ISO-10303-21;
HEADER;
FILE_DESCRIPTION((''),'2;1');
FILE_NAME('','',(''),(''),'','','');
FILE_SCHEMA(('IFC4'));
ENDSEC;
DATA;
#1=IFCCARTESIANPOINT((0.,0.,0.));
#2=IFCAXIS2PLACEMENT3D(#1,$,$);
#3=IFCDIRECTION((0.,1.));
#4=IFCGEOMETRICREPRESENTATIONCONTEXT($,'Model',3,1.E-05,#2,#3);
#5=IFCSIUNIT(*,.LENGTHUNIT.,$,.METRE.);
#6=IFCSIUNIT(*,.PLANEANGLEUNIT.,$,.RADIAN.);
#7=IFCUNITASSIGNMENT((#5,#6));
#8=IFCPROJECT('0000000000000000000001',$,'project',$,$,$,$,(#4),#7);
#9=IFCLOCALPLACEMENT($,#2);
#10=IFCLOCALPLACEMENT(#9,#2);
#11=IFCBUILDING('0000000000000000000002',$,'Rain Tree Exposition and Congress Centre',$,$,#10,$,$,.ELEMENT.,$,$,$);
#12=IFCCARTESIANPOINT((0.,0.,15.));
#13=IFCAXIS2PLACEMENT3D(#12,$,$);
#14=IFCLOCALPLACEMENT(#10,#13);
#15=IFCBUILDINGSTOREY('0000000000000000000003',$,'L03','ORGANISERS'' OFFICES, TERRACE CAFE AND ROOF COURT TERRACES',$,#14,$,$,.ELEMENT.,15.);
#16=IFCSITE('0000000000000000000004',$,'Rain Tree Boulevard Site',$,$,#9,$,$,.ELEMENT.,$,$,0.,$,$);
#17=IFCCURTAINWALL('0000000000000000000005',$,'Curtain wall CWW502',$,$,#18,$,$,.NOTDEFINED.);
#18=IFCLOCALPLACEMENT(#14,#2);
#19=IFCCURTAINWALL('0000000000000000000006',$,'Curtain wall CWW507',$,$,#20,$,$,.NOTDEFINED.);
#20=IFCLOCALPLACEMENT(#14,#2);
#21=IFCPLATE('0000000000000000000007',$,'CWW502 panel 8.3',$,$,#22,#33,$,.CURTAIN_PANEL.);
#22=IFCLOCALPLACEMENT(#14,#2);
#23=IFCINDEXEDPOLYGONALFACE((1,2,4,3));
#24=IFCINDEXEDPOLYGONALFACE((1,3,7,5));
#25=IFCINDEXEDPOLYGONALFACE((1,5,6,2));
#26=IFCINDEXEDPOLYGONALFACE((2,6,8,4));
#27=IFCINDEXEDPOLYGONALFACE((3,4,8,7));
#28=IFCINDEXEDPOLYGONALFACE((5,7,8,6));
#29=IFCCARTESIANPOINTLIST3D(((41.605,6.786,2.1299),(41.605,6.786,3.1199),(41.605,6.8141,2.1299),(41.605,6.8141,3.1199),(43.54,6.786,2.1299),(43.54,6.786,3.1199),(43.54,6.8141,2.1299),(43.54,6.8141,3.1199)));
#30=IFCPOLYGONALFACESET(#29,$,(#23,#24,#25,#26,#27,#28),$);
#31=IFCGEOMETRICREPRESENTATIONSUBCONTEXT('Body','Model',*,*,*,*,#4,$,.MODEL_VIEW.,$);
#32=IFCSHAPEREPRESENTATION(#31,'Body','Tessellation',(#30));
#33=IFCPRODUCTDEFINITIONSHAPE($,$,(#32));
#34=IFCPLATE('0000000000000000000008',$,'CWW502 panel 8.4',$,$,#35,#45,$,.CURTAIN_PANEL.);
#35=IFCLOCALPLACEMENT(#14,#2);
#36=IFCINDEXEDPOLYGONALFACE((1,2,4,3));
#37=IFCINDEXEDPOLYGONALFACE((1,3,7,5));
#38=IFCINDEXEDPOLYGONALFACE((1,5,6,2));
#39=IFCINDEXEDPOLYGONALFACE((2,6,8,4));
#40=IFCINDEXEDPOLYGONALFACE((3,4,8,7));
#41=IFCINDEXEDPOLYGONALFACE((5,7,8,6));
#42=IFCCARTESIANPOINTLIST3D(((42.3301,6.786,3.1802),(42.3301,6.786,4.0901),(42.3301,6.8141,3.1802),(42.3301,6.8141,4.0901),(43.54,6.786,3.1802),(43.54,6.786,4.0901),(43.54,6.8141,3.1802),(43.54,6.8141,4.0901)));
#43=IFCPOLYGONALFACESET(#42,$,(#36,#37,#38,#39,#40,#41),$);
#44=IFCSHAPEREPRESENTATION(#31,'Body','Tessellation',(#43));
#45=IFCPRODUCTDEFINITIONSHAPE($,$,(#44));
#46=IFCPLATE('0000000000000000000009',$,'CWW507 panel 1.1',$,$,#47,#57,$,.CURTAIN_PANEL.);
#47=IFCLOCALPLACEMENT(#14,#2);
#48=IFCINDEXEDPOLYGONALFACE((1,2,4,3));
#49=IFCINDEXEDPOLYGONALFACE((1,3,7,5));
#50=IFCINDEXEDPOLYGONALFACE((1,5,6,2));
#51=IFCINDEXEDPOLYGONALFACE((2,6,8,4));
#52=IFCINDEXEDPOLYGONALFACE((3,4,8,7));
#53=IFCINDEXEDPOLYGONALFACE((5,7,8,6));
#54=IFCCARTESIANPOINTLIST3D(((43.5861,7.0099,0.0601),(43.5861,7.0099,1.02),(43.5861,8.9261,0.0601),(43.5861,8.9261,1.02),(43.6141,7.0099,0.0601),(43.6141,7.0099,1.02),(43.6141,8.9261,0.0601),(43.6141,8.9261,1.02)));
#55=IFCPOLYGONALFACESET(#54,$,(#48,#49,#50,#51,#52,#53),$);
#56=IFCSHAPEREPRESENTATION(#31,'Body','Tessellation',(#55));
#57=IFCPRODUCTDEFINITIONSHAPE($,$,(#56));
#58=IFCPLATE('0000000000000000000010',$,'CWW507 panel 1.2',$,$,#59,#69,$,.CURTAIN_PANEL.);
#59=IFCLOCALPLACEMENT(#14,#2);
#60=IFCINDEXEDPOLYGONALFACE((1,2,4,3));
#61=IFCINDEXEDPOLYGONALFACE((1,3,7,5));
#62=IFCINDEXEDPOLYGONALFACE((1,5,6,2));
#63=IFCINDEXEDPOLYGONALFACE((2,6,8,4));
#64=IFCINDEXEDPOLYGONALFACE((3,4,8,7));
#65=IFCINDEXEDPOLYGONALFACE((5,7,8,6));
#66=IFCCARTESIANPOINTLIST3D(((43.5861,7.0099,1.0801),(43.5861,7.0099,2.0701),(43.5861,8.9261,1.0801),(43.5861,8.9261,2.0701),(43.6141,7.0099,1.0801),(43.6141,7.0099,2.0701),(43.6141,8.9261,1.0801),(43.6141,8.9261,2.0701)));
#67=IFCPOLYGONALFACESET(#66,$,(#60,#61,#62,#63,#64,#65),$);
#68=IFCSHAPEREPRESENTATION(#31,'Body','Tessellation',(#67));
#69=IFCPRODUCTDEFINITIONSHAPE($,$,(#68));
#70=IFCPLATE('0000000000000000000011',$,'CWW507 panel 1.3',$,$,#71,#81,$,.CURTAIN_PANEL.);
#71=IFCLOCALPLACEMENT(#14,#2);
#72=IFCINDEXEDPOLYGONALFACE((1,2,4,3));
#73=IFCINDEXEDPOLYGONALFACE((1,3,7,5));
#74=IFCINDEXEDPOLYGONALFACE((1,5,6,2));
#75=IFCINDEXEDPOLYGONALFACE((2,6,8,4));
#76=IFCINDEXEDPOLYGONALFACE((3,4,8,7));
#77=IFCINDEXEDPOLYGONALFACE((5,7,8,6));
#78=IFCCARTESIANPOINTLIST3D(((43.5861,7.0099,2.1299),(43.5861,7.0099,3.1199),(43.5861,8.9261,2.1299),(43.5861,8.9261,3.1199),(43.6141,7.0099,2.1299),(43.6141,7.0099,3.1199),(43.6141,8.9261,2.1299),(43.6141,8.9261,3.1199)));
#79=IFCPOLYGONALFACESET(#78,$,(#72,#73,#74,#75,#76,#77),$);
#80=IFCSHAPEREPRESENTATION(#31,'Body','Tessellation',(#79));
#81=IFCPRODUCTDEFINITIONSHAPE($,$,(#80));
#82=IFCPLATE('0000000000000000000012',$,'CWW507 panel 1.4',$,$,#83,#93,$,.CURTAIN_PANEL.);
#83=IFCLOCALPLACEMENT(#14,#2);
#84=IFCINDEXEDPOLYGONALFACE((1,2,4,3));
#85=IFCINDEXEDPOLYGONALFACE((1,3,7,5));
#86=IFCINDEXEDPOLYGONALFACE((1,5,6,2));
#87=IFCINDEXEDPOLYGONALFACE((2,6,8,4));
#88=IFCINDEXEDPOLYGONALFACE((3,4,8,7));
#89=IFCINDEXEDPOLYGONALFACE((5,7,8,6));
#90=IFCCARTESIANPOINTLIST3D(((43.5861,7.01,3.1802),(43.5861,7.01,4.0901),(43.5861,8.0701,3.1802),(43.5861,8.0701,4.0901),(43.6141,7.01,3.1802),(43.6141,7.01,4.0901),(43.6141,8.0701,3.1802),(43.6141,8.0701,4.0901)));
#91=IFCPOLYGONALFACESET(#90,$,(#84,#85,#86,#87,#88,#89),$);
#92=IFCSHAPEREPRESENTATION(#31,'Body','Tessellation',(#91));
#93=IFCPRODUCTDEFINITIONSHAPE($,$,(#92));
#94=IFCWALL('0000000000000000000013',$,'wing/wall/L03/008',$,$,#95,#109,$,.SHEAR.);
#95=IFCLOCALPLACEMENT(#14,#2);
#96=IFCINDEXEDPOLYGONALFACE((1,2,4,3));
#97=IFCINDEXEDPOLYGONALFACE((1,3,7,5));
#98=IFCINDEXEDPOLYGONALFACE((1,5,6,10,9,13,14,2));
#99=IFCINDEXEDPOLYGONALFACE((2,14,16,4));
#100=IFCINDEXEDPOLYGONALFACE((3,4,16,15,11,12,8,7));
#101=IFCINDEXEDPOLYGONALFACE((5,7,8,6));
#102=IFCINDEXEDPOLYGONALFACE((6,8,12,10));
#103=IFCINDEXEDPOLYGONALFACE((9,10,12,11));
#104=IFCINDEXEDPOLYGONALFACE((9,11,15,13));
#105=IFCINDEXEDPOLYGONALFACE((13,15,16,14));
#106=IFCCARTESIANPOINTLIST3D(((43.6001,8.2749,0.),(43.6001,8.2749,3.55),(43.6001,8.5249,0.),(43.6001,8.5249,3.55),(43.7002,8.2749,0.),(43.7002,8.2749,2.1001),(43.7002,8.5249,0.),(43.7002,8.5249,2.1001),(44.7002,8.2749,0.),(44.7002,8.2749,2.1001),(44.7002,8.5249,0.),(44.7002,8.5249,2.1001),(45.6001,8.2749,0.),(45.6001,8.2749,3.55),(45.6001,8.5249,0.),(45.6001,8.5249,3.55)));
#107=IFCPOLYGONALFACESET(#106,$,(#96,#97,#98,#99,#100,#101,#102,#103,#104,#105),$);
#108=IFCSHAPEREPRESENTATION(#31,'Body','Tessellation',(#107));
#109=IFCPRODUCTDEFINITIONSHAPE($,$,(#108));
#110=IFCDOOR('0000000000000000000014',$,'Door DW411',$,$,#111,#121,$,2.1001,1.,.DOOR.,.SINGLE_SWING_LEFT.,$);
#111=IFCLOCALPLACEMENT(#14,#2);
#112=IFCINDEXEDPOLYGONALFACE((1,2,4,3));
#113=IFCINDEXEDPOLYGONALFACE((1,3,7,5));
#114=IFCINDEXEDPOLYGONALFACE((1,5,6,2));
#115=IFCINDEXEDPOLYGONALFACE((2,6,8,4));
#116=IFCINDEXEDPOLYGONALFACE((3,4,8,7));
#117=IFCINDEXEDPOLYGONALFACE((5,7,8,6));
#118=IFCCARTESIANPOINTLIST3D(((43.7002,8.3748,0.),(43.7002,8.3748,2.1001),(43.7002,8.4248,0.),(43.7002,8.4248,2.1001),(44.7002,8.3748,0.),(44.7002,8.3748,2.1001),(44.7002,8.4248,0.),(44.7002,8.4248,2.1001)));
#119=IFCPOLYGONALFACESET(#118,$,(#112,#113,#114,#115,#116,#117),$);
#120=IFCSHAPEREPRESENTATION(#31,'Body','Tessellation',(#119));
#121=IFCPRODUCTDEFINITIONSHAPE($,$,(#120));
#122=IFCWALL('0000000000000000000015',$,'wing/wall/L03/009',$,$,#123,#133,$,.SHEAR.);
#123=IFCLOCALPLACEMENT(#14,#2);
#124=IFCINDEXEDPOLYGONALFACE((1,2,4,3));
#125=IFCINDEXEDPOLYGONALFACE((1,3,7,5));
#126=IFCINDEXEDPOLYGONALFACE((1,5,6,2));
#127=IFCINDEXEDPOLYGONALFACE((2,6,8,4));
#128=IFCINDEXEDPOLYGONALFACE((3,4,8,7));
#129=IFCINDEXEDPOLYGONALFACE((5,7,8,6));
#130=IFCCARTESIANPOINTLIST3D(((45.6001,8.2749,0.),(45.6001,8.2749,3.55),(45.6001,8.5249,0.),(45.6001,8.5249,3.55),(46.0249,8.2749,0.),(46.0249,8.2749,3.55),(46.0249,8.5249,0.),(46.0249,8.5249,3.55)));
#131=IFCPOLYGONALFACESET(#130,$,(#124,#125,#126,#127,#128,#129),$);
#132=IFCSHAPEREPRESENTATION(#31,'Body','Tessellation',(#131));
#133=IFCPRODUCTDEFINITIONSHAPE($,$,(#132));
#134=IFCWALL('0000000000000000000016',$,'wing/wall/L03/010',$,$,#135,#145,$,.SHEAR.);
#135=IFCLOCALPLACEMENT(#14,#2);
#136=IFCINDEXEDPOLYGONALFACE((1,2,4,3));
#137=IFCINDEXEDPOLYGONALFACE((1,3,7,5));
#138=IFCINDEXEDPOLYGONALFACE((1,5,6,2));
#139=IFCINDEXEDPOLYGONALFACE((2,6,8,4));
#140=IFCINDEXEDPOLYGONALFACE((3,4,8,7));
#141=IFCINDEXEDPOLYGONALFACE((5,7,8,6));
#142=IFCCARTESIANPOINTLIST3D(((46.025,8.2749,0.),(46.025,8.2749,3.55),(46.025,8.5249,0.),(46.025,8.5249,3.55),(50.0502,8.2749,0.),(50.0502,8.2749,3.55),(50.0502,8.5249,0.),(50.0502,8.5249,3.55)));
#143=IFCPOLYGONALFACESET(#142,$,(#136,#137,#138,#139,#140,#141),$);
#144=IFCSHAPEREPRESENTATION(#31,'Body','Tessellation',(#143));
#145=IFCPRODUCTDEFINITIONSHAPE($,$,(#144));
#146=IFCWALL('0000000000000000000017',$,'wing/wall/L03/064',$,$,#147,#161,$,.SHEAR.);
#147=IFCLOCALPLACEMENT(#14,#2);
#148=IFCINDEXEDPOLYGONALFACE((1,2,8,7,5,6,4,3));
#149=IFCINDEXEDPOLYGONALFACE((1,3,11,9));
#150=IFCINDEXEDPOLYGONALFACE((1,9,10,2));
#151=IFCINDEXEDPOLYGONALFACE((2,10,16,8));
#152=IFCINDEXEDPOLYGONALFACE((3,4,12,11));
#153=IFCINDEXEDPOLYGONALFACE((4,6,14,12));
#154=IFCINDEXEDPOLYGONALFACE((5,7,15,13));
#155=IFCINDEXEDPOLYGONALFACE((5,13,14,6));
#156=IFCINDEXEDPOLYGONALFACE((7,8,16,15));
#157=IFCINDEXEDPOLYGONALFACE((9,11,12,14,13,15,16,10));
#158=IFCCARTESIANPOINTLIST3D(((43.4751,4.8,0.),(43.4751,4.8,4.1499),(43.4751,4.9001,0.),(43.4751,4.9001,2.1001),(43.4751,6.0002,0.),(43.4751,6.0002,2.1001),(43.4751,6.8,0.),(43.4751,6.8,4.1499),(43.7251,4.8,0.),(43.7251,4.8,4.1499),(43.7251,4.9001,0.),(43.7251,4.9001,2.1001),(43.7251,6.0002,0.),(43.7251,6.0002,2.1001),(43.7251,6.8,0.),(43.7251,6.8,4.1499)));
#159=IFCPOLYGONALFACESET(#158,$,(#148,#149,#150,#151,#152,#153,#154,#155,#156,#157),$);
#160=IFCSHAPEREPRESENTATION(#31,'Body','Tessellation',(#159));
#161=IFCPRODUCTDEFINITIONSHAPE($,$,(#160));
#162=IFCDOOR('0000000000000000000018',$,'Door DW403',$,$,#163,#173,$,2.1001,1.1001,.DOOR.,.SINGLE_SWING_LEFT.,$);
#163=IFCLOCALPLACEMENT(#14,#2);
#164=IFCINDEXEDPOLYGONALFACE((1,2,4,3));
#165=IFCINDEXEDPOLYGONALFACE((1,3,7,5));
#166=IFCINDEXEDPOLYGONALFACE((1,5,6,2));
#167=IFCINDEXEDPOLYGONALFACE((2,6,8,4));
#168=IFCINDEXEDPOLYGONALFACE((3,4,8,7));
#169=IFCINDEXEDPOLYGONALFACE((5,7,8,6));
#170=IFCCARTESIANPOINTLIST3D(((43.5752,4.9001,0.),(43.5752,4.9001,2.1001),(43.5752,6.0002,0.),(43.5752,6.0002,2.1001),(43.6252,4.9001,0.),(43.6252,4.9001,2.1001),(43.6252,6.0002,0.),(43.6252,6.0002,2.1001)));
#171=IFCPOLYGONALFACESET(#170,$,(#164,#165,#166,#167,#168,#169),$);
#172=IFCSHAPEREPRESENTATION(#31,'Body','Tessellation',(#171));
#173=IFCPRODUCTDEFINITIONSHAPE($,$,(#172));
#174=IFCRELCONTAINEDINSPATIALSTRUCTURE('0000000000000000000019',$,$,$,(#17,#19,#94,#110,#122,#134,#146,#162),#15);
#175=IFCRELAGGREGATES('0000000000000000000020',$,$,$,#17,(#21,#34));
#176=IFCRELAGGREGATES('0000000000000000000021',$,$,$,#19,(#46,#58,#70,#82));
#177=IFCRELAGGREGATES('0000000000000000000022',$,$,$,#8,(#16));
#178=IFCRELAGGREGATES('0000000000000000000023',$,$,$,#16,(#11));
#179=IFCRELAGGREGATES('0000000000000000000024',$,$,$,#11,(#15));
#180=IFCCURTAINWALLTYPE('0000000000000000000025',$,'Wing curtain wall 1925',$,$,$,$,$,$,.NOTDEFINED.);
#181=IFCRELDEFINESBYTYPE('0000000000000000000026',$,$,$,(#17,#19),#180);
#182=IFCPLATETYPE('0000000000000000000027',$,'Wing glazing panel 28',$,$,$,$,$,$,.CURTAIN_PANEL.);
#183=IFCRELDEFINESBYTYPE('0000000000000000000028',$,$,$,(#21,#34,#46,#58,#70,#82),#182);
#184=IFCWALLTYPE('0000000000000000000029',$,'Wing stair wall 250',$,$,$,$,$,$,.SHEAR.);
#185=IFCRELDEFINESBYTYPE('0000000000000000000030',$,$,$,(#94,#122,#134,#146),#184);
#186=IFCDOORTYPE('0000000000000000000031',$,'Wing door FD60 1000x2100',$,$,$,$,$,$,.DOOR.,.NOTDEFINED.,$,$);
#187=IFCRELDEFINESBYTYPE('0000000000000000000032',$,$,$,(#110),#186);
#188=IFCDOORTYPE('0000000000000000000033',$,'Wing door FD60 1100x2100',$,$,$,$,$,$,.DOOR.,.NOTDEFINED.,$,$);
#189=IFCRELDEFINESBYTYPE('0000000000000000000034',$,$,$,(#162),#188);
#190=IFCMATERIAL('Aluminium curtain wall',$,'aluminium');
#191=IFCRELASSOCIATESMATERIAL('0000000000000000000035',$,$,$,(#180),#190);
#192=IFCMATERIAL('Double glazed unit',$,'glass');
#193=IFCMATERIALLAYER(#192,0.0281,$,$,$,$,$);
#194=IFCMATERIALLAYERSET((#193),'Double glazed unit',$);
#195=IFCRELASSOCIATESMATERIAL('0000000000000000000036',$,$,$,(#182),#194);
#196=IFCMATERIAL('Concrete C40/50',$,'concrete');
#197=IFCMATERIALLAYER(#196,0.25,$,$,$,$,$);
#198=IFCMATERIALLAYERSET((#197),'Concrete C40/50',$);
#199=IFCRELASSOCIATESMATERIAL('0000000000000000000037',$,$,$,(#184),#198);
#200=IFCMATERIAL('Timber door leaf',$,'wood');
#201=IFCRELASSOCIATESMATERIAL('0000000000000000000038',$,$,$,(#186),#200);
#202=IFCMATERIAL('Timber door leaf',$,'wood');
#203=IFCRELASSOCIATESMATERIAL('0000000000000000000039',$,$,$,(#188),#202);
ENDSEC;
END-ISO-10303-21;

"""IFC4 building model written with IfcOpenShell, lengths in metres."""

from ifc_helpers import new_model, si_unit, direction, frame, frame_2d, origin, origin_2d, place, context, subcontext, project, spatial, rectangle, extrude, material, layer, layer_set, type_object, element, fill, aggregate, save


model = new_model("IFC4")

# Units and contexts
model_context = context("Model", 3, precision=1e-05, world=origin(), true_north=direction((0.0, 1.0)))
body_context = subcontext(model_context, "Body", "Model", "MODEL_VIEW")
ifc_project = project(units=[si_unit("LENGTHUNIT", "METRE"), si_unit("PLANEANGLEUNIT", "RADIAN")], contexts=[model_context])

# Site, building, storey
site_placement = place(None, origin())
site = spatial("IfcSite", under=ifc_project, at=site_placement, Name="Rain Tree Boulevard Site", CompositionType="ELEMENT", RefElevation=0.0)
building_placement = place(site_placement, origin())
building = spatial("IfcBuilding", under=site, at=building_placement, Name="Rain Tree Exposition and Congress Centre", CompositionType="ELEMENT")
storey_placement = place(building_placement, frame((0.0, 0.0, 15.0)))
storey = spatial("IfcBuildingStorey", under=building, at=storey_placement, Name="L03", Description="ORGANISERS' OFFICES, TERRACE CAFE AND ROOF COURT TERRACES", CompositionType="ELEMENT", Elevation=15.0)

# Curtain wall
ifc_material_1 = material(Name="Aluminium curtain wall", Category="aluminium")
curtain_wall_type = type_object("IfcCurtainWallType", Name="Wing curtain wall 1925", PredefinedType="NOTDEFINED", material=ifc_material_1)
curtain_wall_1_placement = place(storey_placement, origin())
curtain_wall_1 = element("IfcCurtainWall", 1, at=curtain_wall_1_placement, inside=storey, type_object=curtain_wall_type, Name="Curtain wall CWW502", PredefinedType="NOTDEFINED")

# Curtain wall
curtain_wall_2_placement = place(storey_placement, origin())
curtain_wall_2 = element("IfcCurtainWall", 2, at=curtain_wall_2_placement, inside=storey, type_object=curtain_wall_type, Name="Curtain wall CWW507", PredefinedType="NOTDEFINED")

# Plates
ifc_material_2 = material(Name="Double glazed unit", Category="glass")
ifc_layer_1 = layer(ifc_material_2, 0.0281)
ifc_layer_set_1 = layer_set([ifc_layer_1], Name="Double glazed unit")
plate_type = type_object("IfcPlateType", Name="Wing glazing panel 28", PredefinedType="CURTAIN_PANEL", material=ifc_layer_set_1)
plate_1_placement = place(storey_placement, frame((42.5725, 6.8, 2.1299), z_axis=(0.0, 0.0, 1.0), x_axis=(1.0, 0.0, 0.0)))
plate_1 = element("IfcPlate", 3, at=plate_1_placement, type_object=plate_type, Name="CWW502 panel 8.3", PredefinedType="CURTAIN_PANEL", context=body_context, shape_type="SweptSolid", body=[
    extrude(rectangle(XDim=1.9351, YDim=0.0281, at=origin_2d()), origin(), (0.0, 0.0, 1.0), 0.99),
])
plate_2_placement = place(storey_placement, frame((42.9351, 6.8, 3.1802), z_axis=(0.0, 0.0, 1.0), x_axis=(1.0, 0.0, 0.0)))
plate_2 = element("IfcPlate", 4, at=plate_2_placement, type_object=plate_type, Name="CWW502 panel 8.4", PredefinedType="CURTAIN_PANEL", context=body_context, shape_type="SweptSolid", body=[
    extrude(rectangle(XDim=1.21, YDim=0.0281, at=origin_2d()), origin(), (0.0, 0.0, 1.0), 0.9099),
])
aggregate(curtain_wall_1, [plate_1, plate_2])
plate_3_placement = place(storey_placement, frame((43.6001, 7.968, 0.0601), z_axis=(0.0, 0.0, 1.0), x_axis=(0.0, 1.0, 0.0)))
plate_3 = element("IfcPlate", 5, at=plate_3_placement, type_object=plate_type, Name="CWW507 panel 1.1", PredefinedType="CURTAIN_PANEL", context=body_context, shape_type="SweptSolid", body=[
    extrude(rectangle(XDim=1.9163, YDim=0.0281, at=origin_2d()), origin(), (0.0, 0.0, 1.0), 0.96),
])
plate_4_placement = place(storey_placement, frame((43.6001, 7.968, 1.0801), z_axis=(0.0, 0.0, 1.0), x_axis=(0.0, 1.0, 0.0)))
plate_4 = element("IfcPlate", 6, at=plate_4_placement, type_object=plate_type, Name="CWW507 panel 1.2", PredefinedType="CURTAIN_PANEL", context=body_context, shape_type="SweptSolid", body=[
    extrude(rectangle(XDim=1.9163, YDim=0.0281, at=origin_2d()), origin(), (0.0, 0.0, 1.0), 0.99),
])
plate_5_placement = place(storey_placement, frame((43.6001, 7.968, 2.1299), z_axis=(0.0, 0.0, 1.0), x_axis=(0.0, 1.0, 0.0)))
plate_5 = element("IfcPlate", 7, at=plate_5_placement, type_object=plate_type, Name="CWW507 panel 1.3", PredefinedType="CURTAIN_PANEL", context=body_context, shape_type="SweptSolid", body=[
    extrude(rectangle(XDim=1.9163, YDim=0.0281, at=origin_2d()), origin(), (0.0, 0.0, 1.0), 0.99),
])
plate_6_placement = place(storey_placement, frame((43.6001, 7.54, 3.1802), z_axis=(0.0, 0.0, 1.0), x_axis=(0.0, 1.0, 0.0)))
plate_6 = element("IfcPlate", 8, at=plate_6_placement, type_object=plate_type, Name="CWW507 panel 1.4", PredefinedType="CURTAIN_PANEL", context=body_context, shape_type="SweptSolid", body=[
    extrude(rectangle(XDim=1.0601, YDim=0.0281, at=origin_2d()), origin(), (0.0, 0.0, 1.0), 0.9099),
])
aggregate(curtain_wall_2, [plate_3, plate_4, plate_5, plate_6])

# Wall, opening, door
ifc_material_3 = material(Name="Concrete C40/50", Category="concrete")
ifc_layer_2 = layer(ifc_material_3, 0.25)
ifc_layer_set_2 = layer_set([ifc_layer_2], Name="Concrete C40/50")
wall_type_1 = type_object("IfcWallType", Name="Wing stair wall 250", PredefinedType="SHEAR", material=ifc_layer_set_2)
wall_1_placement = place(storey_placement, frame((43.6001, 8.3999, 0.0), z_axis=(0.0, 0.0, 1.0), x_axis=(1.0, 0.0, 0.0)))
wall_1 = element("IfcWall", 9, at=wall_1_placement, inside=storey, type_object=wall_type_1, Name="wing/wall/L03/008", PredefinedType="SHEAR", context=body_context, shape_type="SweptSolid", body=[
    extrude(rectangle(XDim=2.0, YDim=0.25, at=frame_2d((1.0, 0.0))), origin(), (0.0, 0.0, 1.0), 3.55),
])
opening_1_placement = place(wall_1_placement, frame((0.1001, 0.0, 0.0)))
opening_1 = element("IfcOpeningElement", 10, at=opening_1_placement, cuts=wall_1, PredefinedType="OPENING", context=body_context, shape_type="SweptSolid", body=[
    extrude(rectangle(XDim=1.0, YDim=2.1001, at=frame_2d((0.5, 1.05))), frame((0.0, 0.125, 0.0), z_axis=(0.0, -1.0, 0.0), x_axis=(1.0, 0.0, 0.0)), (0.0, 0.0, 1.0), 0.25),
])
ifc_material_4 = material(Name="Timber door leaf", Category="wood")
door_type_1 = type_object("IfcDoorType", Name="Wing door FD60 1000x2100", OperationType="NOTDEFINED", PredefinedType="DOOR", material=ifc_material_4)
door_1_placement = place(opening_1_placement, origin())
door_1 = element("IfcDoor", 11, at=door_1_placement, inside=storey, type_object=door_type_1, Name="Door DW411", OperationType="SINGLE_SWING_LEFT", OverallHeight=2.1001, OverallWidth=1.0, PredefinedType="DOOR", context=body_context, shape_type="SweptSolid", body=[
    extrude(rectangle(XDim=1.0, YDim=2.1001, at=frame_2d((0.5, 1.05))), frame((0.0, 0.0249, 0.0), z_axis=(0.0, -1.0, 0.0), x_axis=(1.0, 0.0, 0.0)), (0.0, 0.0, 1.0), 0.05),
])
fill(opening_1, door_1)

# Walls
wall_2_placement = place(storey_placement, frame((45.6001, 8.3999, 0.0), z_axis=(0.0, 0.0, 1.0), x_axis=(1.0, 0.0, 0.0)))
element("IfcWall", 12, at=wall_2_placement, inside=storey, type_object=wall_type_1, Name="wing/wall/L03/009", PredefinedType="SHEAR", context=body_context, shape_type="SweptSolid", body=[
    extrude(rectangle(XDim=0.4248, YDim=0.25, at=frame_2d((0.2124, 0.0))), origin(), (0.0, 0.0, 1.0), 3.55),
])
wall_3_placement = place(storey_placement, frame((46.0249, 8.3999, 0.0), z_axis=(0.0, 0.0, 1.0), x_axis=(1.0, 0.0, 0.0)))
element("IfcWall", 13, at=wall_3_placement, inside=storey, type_object=wall_type_1, Name="wing/wall/L03/010", PredefinedType="SHEAR", context=body_context, shape_type="SweptSolid", body=[
    extrude(rectangle(XDim=4.0251, YDim=0.25, at=frame_2d((2.0127, 0.0))), origin(), (0.0, 0.0, 1.0), 3.55),
])

# Wall, opening, door
wall_4_placement = place(storey_placement, frame((43.6001, 4.8, 0.0), z_axis=(0.0, 0.0, 1.0), x_axis=(0.0, 1.0, 0.0)))
wall_4 = element("IfcWall", 14, at=wall_4_placement, inside=storey, type_object=wall_type_1, Name="wing/wall/L03/064", PredefinedType="SHEAR", context=body_context, shape_type="SweptSolid", body=[
    extrude(rectangle(XDim=2.0, YDim=0.25, at=frame_2d((1.0, 0.0))), origin(), (0.0, 0.0, 1.0), 4.1499),
])
opening_2_placement = place(wall_4_placement, frame((0.1001, 0.0, 0.0)))
opening_2 = element("IfcOpeningElement", 15, at=opening_2_placement, cuts=wall_4, PredefinedType="OPENING", context=body_context, shape_type="SweptSolid", body=[
    extrude(rectangle(XDim=1.1001, YDim=2.1001, at=frame_2d((0.55, 1.05))), frame((0.0, 0.125, 0.0), z_axis=(0.0, -1.0, 0.0), x_axis=(1.0, 0.0, 0.0)), (0.0, 0.0, 1.0), 0.25),
])
ifc_material_5 = material(Name="Timber door leaf", Category="wood")
door_type_2 = type_object("IfcDoorType", Name="Wing door FD60 1100x2100", OperationType="NOTDEFINED", PredefinedType="DOOR", material=ifc_material_5)
door_2_placement = place(opening_2_placement, origin())
door_2 = element("IfcDoor", 16, at=door_2_placement, inside=storey, type_object=door_type_2, Name="Door DW403", OperationType="SINGLE_SWING_LEFT", OverallHeight=2.1001, OverallWidth=1.1001, PredefinedType="DOOR", context=body_context, shape_type="SweptSolid", body=[
    extrude(rectangle(XDim=1.1001, YDim=2.1001, at=frame_2d((0.55, 1.05))), frame((0.0, 0.0249, 0.0), z_axis=(0.0, -1.0, 0.0), x_axis=(1.0, 0.0, 0.0)), (0.0, 0.0, 1.0), 0.05),
])
fill(opening_2, door_2)

save(model, "model.ifc")
